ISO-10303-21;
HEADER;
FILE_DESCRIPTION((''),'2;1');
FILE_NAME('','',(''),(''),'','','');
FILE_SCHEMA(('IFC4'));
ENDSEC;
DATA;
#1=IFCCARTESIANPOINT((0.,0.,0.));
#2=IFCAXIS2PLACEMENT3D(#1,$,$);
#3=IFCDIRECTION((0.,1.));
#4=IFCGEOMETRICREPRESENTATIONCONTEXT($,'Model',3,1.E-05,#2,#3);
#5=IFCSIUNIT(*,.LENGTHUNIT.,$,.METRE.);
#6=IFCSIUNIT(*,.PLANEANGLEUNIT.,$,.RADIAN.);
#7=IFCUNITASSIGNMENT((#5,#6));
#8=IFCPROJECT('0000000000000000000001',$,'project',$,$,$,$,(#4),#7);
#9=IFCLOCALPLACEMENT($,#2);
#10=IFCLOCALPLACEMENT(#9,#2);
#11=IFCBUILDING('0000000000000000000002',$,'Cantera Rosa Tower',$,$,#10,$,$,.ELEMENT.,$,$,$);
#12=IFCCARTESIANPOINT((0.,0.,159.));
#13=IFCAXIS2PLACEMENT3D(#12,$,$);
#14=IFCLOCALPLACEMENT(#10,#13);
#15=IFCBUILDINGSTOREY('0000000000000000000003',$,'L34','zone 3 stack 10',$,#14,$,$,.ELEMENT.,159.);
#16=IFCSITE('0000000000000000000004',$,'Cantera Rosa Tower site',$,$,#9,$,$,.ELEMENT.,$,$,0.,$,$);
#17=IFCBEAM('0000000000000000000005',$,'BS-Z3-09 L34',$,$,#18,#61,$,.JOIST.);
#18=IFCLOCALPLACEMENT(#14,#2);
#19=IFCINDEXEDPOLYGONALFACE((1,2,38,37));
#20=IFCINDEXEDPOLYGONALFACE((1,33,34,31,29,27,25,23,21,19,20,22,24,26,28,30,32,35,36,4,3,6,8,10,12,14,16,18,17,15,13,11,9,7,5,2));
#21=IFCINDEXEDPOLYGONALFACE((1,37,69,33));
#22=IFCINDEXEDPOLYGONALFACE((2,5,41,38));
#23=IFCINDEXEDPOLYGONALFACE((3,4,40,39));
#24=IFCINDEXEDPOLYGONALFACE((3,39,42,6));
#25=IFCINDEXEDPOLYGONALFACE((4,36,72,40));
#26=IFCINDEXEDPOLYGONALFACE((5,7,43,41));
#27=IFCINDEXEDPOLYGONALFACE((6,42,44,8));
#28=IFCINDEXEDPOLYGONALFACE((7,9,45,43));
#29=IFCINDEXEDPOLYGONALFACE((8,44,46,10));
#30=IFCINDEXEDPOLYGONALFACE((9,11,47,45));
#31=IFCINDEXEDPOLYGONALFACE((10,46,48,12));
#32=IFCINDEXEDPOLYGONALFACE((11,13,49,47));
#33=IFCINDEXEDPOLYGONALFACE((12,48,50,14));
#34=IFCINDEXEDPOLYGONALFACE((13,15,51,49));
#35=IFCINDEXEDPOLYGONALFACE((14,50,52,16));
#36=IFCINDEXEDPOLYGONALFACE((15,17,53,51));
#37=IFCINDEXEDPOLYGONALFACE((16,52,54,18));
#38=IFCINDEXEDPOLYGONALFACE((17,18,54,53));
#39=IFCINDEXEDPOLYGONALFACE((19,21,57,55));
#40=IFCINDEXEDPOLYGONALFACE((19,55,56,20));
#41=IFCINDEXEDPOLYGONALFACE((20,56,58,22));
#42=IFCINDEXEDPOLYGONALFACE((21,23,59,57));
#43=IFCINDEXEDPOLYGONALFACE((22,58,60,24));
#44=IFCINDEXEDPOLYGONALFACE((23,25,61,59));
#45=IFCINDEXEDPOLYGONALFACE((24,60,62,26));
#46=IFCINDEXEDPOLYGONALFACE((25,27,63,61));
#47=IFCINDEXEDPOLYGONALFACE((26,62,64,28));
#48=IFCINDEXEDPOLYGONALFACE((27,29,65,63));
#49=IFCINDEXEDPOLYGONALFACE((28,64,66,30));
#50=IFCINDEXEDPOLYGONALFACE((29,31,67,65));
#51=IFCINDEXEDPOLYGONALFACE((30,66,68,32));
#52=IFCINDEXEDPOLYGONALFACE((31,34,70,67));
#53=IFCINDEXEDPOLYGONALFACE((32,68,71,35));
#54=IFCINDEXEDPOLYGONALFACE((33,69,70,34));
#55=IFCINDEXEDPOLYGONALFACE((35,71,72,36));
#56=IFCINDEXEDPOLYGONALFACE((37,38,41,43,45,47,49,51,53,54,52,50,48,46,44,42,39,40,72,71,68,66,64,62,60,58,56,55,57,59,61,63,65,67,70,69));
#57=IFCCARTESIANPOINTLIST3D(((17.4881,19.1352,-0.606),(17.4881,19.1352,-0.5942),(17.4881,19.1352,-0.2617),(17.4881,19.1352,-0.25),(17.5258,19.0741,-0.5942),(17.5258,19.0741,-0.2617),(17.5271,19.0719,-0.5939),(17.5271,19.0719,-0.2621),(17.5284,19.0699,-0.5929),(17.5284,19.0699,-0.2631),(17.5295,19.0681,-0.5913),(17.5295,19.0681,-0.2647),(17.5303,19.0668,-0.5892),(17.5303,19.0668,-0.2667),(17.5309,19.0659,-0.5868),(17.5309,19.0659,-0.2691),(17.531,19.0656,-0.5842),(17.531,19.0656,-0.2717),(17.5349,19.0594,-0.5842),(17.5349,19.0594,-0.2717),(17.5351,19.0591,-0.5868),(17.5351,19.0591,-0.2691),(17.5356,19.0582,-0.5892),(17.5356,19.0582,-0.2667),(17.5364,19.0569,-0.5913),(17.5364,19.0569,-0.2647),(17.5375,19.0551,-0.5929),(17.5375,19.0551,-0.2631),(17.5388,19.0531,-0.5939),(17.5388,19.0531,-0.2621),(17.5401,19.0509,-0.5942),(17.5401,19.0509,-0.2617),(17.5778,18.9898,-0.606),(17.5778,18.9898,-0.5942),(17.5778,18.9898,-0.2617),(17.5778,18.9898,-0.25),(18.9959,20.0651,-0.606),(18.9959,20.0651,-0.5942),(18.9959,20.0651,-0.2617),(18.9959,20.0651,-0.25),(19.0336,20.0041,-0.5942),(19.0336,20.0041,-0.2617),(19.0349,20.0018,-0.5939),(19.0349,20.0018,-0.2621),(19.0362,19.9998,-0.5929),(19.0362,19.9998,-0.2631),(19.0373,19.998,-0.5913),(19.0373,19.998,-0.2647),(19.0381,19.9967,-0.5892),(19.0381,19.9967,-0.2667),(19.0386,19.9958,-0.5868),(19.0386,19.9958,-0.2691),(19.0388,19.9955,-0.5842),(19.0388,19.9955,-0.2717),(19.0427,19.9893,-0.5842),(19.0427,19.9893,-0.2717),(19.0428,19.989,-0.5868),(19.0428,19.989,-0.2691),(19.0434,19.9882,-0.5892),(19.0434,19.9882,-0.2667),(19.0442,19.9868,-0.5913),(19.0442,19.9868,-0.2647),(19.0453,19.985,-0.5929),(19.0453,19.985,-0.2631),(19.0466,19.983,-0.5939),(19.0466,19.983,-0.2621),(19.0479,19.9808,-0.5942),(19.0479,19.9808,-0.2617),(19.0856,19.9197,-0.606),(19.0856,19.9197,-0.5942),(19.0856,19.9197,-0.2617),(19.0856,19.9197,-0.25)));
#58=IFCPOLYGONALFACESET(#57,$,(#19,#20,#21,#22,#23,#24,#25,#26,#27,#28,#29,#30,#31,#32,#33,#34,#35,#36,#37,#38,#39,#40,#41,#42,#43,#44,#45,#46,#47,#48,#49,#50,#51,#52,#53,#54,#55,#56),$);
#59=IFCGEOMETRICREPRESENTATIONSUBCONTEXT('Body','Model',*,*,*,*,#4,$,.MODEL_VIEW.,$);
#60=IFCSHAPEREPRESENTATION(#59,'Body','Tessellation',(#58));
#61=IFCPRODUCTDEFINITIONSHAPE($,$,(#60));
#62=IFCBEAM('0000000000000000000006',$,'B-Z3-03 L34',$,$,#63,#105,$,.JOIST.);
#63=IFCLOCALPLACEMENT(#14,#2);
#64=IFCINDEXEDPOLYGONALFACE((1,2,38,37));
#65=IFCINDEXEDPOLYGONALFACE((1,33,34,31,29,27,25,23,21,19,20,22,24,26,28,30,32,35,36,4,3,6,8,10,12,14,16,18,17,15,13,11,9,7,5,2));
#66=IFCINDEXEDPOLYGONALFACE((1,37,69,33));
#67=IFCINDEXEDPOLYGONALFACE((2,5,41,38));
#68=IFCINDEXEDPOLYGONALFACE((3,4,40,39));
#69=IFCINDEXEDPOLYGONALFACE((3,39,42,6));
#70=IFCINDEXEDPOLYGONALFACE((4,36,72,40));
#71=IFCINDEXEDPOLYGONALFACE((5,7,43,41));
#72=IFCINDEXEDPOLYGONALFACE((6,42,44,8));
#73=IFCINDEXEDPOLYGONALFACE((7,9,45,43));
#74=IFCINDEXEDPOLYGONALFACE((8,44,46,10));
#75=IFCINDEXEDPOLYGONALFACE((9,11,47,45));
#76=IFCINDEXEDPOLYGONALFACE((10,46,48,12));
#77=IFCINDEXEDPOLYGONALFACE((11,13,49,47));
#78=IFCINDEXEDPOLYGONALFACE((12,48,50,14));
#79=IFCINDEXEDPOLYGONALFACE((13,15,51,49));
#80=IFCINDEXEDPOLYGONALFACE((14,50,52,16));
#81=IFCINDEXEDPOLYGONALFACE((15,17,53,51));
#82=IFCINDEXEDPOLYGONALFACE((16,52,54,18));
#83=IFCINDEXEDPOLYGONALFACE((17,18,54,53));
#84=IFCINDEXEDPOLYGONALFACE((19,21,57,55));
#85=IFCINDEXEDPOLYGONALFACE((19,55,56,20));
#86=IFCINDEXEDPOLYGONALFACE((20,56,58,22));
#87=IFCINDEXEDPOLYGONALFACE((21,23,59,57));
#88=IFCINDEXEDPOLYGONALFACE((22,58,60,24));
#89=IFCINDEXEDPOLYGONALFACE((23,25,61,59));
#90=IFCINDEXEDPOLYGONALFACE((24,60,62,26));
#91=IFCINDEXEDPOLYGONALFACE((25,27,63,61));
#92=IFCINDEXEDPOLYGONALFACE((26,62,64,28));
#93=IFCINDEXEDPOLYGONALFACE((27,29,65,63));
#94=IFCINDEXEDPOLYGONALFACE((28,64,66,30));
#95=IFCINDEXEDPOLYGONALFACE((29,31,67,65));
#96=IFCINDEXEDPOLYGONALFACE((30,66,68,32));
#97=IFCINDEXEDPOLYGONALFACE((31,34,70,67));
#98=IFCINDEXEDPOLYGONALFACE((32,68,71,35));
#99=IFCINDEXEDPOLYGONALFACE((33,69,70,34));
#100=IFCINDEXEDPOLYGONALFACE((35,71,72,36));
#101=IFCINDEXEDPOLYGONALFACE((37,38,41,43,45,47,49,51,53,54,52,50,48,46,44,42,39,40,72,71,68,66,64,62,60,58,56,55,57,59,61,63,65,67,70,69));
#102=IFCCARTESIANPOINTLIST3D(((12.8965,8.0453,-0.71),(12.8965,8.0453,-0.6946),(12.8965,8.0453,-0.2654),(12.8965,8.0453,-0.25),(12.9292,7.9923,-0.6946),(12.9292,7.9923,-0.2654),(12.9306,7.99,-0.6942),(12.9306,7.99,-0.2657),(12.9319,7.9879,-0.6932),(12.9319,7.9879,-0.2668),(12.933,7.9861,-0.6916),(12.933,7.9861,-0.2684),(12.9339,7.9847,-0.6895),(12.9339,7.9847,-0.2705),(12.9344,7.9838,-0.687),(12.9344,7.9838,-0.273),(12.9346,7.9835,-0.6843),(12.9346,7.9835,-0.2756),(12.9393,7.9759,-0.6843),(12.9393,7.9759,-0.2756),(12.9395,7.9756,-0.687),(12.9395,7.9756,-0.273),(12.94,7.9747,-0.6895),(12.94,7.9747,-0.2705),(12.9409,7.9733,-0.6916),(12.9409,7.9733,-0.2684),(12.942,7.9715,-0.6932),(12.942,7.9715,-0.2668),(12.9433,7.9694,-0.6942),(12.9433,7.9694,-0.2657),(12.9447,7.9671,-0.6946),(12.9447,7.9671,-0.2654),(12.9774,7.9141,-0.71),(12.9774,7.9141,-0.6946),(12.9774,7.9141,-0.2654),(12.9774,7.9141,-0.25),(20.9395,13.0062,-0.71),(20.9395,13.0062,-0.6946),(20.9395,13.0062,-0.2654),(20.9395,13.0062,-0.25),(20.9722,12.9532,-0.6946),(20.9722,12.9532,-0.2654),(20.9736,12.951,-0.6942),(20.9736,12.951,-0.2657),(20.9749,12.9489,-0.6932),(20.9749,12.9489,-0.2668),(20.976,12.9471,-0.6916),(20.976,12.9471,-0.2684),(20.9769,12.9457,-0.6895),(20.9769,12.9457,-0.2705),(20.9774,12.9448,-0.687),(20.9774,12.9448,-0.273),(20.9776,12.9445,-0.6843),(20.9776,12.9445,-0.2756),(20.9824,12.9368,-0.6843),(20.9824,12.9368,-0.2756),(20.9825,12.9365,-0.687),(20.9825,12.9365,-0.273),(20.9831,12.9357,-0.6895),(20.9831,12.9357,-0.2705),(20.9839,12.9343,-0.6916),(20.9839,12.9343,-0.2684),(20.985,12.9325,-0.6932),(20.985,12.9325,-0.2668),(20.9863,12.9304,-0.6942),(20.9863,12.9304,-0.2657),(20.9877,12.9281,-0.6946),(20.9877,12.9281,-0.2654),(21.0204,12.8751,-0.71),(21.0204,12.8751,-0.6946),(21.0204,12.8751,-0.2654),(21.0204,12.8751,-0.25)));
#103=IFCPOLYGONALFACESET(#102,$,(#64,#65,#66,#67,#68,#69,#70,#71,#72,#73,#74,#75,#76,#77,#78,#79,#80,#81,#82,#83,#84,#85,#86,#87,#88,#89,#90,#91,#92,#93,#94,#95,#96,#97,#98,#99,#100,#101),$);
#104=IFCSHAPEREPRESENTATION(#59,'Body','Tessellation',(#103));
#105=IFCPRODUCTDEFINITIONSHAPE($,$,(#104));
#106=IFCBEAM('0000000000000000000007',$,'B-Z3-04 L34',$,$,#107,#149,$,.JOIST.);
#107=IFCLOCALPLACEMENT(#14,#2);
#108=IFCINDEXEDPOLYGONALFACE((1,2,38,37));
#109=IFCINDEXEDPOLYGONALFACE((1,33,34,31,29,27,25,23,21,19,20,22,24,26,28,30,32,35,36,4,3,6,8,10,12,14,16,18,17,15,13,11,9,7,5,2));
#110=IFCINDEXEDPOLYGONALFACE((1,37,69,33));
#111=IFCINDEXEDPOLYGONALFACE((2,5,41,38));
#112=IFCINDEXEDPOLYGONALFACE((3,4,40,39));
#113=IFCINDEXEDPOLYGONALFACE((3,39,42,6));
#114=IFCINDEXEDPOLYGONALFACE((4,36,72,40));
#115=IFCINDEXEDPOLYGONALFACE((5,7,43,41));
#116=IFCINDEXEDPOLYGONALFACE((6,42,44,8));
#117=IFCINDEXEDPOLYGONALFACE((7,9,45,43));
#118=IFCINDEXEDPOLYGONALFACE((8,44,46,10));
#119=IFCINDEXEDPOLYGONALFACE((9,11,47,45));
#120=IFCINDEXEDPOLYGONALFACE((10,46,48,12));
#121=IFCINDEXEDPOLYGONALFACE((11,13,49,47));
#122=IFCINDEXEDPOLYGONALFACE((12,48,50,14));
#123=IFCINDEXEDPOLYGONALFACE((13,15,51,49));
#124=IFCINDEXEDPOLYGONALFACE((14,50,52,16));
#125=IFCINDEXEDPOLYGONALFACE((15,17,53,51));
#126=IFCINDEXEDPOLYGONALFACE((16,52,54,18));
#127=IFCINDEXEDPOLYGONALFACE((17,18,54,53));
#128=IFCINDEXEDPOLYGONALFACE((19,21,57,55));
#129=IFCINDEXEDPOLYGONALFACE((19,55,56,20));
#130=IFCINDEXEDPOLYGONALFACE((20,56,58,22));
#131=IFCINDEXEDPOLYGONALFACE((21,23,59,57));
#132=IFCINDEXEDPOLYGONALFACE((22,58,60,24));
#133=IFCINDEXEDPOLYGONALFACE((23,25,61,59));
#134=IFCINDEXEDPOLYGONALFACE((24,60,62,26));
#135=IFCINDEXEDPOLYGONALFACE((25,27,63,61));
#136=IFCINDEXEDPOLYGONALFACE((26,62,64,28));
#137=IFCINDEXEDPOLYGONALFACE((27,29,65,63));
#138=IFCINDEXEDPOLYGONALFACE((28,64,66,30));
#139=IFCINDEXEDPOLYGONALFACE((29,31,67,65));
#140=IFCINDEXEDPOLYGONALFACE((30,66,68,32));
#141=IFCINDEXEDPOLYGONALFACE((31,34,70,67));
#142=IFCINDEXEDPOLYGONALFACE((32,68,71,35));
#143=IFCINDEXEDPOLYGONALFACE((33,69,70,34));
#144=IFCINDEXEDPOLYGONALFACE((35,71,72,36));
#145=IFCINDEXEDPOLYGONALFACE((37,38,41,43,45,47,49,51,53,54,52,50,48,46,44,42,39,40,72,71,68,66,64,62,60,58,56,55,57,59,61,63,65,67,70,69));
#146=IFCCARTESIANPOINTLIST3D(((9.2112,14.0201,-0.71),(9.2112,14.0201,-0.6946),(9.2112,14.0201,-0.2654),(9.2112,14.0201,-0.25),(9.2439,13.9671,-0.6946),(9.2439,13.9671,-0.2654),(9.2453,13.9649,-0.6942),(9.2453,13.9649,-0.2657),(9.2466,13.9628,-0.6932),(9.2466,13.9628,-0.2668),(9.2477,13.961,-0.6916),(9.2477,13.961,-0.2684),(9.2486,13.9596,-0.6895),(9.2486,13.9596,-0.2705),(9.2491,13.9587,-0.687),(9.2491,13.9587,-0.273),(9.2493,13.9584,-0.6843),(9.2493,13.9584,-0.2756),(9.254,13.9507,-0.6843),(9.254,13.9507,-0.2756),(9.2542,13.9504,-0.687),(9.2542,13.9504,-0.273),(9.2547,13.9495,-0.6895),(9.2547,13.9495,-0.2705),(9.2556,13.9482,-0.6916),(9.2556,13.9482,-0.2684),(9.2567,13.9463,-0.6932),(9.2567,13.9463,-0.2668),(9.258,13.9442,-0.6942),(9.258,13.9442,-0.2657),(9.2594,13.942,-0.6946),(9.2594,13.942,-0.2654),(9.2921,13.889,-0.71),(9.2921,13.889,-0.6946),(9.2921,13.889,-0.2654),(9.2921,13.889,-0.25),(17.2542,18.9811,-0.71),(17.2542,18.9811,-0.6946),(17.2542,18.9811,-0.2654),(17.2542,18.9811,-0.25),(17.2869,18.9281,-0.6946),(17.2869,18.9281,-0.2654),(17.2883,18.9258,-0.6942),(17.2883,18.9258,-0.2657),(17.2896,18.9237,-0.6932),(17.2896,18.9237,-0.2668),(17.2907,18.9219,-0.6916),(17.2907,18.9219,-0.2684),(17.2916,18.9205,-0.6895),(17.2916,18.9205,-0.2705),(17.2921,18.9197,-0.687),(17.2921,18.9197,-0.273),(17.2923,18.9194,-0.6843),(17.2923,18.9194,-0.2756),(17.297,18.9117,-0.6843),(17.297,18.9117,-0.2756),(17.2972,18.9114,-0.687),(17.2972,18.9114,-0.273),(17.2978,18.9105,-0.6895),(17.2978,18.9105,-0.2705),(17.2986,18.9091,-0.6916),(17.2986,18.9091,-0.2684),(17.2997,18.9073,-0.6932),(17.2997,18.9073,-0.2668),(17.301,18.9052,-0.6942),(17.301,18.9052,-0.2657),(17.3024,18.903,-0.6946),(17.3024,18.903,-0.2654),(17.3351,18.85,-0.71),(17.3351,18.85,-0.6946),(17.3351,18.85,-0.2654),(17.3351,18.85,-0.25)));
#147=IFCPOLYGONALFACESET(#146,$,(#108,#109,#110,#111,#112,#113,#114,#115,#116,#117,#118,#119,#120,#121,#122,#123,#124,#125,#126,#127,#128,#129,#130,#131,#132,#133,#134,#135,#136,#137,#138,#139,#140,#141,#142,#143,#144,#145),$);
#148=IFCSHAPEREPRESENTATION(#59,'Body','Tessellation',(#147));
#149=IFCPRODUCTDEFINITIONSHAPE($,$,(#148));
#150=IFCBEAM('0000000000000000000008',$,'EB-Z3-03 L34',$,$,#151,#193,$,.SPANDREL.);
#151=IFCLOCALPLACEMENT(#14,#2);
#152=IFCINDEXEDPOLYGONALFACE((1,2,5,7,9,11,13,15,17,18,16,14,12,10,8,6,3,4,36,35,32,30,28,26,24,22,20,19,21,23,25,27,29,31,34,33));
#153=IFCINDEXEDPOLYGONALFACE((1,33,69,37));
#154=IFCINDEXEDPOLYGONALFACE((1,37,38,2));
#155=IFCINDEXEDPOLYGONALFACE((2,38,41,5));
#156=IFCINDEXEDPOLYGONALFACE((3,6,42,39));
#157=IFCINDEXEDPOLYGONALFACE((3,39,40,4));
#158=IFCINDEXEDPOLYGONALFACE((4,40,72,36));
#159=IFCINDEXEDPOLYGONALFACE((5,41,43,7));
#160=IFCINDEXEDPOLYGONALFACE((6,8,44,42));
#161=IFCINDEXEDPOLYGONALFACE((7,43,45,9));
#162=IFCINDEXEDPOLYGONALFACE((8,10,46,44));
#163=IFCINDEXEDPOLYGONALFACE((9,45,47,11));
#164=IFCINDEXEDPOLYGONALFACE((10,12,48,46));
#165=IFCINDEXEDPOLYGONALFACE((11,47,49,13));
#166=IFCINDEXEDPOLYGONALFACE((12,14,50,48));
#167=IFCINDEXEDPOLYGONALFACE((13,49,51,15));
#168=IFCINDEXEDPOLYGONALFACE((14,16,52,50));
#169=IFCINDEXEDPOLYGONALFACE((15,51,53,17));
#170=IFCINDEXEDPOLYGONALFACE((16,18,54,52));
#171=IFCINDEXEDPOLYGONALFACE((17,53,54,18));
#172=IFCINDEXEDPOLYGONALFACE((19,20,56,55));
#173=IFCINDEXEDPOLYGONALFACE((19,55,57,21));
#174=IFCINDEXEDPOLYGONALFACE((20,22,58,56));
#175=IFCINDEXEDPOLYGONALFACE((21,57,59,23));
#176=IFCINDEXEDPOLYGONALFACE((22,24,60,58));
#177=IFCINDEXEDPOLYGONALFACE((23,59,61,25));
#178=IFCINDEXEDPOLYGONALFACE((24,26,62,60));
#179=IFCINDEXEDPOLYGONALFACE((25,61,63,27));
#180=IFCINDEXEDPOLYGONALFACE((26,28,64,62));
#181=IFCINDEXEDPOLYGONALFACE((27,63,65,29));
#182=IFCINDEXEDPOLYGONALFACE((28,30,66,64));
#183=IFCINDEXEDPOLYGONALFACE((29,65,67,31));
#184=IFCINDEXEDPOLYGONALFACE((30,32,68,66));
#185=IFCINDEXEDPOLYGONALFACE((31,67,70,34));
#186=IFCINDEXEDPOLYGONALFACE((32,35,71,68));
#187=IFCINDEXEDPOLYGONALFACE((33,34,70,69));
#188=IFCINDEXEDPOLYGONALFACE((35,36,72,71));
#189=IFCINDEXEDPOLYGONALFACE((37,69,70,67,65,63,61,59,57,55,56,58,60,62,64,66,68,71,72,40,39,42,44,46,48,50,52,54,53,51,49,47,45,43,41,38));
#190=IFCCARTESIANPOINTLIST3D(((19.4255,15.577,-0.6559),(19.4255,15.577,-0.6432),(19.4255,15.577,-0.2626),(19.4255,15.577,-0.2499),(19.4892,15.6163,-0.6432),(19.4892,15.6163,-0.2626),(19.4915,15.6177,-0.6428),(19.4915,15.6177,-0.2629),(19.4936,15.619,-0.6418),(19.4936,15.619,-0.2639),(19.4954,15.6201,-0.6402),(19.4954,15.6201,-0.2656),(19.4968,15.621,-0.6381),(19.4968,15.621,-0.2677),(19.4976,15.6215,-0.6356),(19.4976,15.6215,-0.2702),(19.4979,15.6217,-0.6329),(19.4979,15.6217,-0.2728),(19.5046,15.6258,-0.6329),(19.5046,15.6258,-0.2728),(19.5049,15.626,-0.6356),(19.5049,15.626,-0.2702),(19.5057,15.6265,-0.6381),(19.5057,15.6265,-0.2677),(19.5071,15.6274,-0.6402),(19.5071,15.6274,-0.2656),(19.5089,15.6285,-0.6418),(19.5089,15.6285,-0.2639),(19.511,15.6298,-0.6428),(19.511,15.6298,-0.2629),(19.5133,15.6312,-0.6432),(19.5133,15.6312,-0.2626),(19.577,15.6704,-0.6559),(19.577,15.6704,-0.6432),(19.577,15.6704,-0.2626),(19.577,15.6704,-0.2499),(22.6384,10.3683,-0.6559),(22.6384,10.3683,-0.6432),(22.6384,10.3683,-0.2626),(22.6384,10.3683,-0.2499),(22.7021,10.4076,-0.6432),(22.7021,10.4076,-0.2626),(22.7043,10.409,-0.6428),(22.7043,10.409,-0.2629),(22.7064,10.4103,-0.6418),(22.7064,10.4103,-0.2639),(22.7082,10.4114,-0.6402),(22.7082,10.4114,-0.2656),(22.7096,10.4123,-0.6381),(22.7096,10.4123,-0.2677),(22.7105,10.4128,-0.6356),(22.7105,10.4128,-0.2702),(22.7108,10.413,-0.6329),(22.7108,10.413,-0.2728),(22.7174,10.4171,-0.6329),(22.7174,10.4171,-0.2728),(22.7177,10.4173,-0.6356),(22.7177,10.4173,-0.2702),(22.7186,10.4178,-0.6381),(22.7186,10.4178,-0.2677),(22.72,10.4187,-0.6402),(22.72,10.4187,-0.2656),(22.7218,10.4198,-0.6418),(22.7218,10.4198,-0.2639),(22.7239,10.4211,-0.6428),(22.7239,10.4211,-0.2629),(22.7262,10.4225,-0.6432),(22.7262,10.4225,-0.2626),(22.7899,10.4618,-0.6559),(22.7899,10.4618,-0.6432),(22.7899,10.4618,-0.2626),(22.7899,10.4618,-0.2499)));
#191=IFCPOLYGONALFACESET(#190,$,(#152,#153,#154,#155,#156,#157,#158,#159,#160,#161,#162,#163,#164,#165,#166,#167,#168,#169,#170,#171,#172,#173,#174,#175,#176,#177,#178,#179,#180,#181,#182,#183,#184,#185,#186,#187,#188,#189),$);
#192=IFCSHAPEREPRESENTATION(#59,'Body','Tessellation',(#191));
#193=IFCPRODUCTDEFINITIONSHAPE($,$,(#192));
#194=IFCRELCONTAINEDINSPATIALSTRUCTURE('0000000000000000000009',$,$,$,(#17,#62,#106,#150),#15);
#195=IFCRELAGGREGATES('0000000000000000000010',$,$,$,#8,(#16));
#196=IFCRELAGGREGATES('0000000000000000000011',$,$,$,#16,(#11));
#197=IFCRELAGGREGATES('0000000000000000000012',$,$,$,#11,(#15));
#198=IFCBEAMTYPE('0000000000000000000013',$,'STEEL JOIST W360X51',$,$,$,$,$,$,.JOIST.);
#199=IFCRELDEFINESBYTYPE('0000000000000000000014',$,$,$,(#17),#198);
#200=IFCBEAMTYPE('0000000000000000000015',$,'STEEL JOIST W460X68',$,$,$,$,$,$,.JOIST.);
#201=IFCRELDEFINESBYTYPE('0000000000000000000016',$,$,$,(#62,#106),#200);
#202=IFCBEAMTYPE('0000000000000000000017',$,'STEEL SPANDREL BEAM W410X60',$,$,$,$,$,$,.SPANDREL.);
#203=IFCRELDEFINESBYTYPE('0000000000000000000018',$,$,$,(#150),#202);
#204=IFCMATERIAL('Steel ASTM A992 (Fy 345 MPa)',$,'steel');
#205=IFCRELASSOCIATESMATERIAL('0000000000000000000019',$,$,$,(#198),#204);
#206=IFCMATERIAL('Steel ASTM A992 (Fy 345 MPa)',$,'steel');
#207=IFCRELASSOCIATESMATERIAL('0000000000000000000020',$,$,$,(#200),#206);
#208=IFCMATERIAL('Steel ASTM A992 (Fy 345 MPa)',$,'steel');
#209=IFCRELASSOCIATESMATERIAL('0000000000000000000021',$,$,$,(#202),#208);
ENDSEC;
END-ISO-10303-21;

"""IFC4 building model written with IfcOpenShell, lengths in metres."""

from ifc_helpers import new_model, si_unit, direction, frame, origin, origin_2d, place, context, subcontext, project, spatial, i_section, extrude, material, material_profile, profile_set, type_object, element, save


model = new_model("IFC4")

# Units and contexts
model_context = context("Model", 3, precision=1e-05, world=origin(), true_north=direction((0.0, 1.0)))
body_context = subcontext(model_context, "Body", "Model", "MODEL_VIEW")
ifc_project = project(units=[si_unit("LENGTHUNIT", "METRE"), si_unit("PLANEANGLEUNIT", "RADIAN")], contexts=[model_context])

# Site, building, storey
site_placement = place(None, origin())
site = spatial("IfcSite", under=ifc_project, at=site_placement, Name="Cantera Rosa Tower site", CompositionType="ELEMENT", RefElevation=0.0)
building_placement = place(site_placement, origin())
building = spatial("IfcBuilding", under=site, at=building_placement, Name="Cantera Rosa Tower", CompositionType="ELEMENT")
storey_placement = place(building_placement, frame((0.0, 0.0, 159.0)))
storey = spatial("IfcBuildingStorey", under=building, at=storey_placement, Name="L34", Description="zone 3 stack 10", CompositionType="ELEMENT", Elevation=159.0)

# Beams
ifc_material_1 = material(Name="Steel ASTM A992 (Fy 345 MPa)", Category="steel")
ifc_material_profile_1 = material_profile(ifc_material_1, i_section(OverallWidth=0.1709, OverallDepth=0.356, WebThickness=0.0073, FlangeThickness=0.0117, FilletRadius=0.01, at=origin_2d()), Name="W360X51")
ifc_profile_set_1 = profile_set([ifc_material_profile_1], Name="Steel ASTM A992 (Fy 345 MPa)")
beam_type_1 = type_object("IfcBeamType", Name="STEEL JOIST W360X51", PredefinedType="JOIST", material=ifc_profile_set_1)
beam_1_placement = place(storey_placement, frame((17.533, 19.0625, -0.428), z_axis=(0.851142, 0.524935, 0.0), x_axis=(-0.524935, 0.851142, 0.0)))
element("IfcBeam", 1, at=beam_1_placement, inside=storey, type_object=beam_type_1, Name="BS-Z3-09 L34", PredefinedType="JOIST", context=body_context, shape_type="SweptSolid", body=[
    extrude(i_section(OverallWidth=0.1709, OverallDepth=0.356, WebThickness=0.0073, FlangeThickness=0.0117, FilletRadius=0.01, at=origin_2d()), origin(), (0.0, 0.0, 1.0), 1.7715),
])
ifc_material_2 = material(Name="Steel ASTM A992 (Fy 345 MPa)", Category="steel")
ifc_material_profile_2 = material_profile(ifc_material_2, i_section(OverallWidth=0.1541, OverallDepth=0.46, WebThickness=0.009, FlangeThickness=0.0154, FilletRadius=0.0103, at=origin_2d()), Name="W460X68")
ifc_profile_set_2 = profile_set([ifc_material_profile_2], Name="Steel ASTM A992 (Fy 345 MPa)")
beam_type_2 = type_object("IfcBeamType", Name="STEEL JOIST W460X68", PredefinedType="JOIST", material=ifc_profile_set_2)
for number, where, z_axis, x_axis, name in (
    (2, (20.98, 12.9407, -0.48), (-0.851119, -0.524974, 0.0), (0.524974, -0.851119, 0.0), "B-Z3-03 L34"),
    (3, (17.2947, 18.9155, -0.48), (-0.851119, -0.524974, 0.0), (0.524974, -0.851119, 0.0), "B-Z3-04 L34"),
):
    element("IfcBeam", number, at=place(storey_placement, frame(where, z_axis=z_axis, x_axis=x_axis)), inside=storey, type_object=beam_type_2, Name=name, PredefinedType="JOIST", context=body_context, shape_type="SweptSolid", body=[
        extrude(i_section(OverallWidth=0.1541, OverallDepth=0.46, WebThickness=0.009, FlangeThickness=0.0154, FilletRadius=0.0103, at=origin_2d()), origin(), (0.0, 0.0, 1.0), 9.45),
    ])
ifc_material_3 = material(Name="Steel ASTM A992 (Fy 345 MPa)", Category="steel")
ifc_material_profile_3 = material_profile(ifc_material_3, i_section(OverallWidth=0.178, OverallDepth=0.406, WebThickness=0.0078, FlangeThickness=0.0127, FilletRadius=0.0103, at=origin_2d()), Name="W410X60")
ifc_profile_set_3 = profile_set([ifc_material_profile_3], Name="Steel ASTM A992 (Fy 345 MPa)")
beam_type_3 = type_object("IfcBeamType", Name="STEEL SPANDREL BEAM W410X60", PredefinedType="SPANDREL", material=ifc_profile_set_3)
for number, where, z_axis, x_axis, name in (
    (4, (22.7141, 10.415, -0.4529), (-0.524987, 0.85111, 0.0), (-0.85111, -0.524987, 0.0), "EB-Z3-03 L34"),
):
    element("IfcBeam", number, at=place(storey_placement, frame(where, z_axis=z_axis, x_axis=x_axis)), inside=storey, type_object=beam_type_3, Name=name, PredefinedType="SPANDREL", context=body_context, shape_type="SweptSolid", body=[
        extrude(i_section(OverallWidth=0.178, OverallDepth=0.406, WebThickness=0.0078, FlangeThickness=0.0127, FilletRadius=0.0103, at=origin_2d()), origin(), (0.0, 0.0, 1.0), 6.1199),
    ])

save(model, "model.ifc")
